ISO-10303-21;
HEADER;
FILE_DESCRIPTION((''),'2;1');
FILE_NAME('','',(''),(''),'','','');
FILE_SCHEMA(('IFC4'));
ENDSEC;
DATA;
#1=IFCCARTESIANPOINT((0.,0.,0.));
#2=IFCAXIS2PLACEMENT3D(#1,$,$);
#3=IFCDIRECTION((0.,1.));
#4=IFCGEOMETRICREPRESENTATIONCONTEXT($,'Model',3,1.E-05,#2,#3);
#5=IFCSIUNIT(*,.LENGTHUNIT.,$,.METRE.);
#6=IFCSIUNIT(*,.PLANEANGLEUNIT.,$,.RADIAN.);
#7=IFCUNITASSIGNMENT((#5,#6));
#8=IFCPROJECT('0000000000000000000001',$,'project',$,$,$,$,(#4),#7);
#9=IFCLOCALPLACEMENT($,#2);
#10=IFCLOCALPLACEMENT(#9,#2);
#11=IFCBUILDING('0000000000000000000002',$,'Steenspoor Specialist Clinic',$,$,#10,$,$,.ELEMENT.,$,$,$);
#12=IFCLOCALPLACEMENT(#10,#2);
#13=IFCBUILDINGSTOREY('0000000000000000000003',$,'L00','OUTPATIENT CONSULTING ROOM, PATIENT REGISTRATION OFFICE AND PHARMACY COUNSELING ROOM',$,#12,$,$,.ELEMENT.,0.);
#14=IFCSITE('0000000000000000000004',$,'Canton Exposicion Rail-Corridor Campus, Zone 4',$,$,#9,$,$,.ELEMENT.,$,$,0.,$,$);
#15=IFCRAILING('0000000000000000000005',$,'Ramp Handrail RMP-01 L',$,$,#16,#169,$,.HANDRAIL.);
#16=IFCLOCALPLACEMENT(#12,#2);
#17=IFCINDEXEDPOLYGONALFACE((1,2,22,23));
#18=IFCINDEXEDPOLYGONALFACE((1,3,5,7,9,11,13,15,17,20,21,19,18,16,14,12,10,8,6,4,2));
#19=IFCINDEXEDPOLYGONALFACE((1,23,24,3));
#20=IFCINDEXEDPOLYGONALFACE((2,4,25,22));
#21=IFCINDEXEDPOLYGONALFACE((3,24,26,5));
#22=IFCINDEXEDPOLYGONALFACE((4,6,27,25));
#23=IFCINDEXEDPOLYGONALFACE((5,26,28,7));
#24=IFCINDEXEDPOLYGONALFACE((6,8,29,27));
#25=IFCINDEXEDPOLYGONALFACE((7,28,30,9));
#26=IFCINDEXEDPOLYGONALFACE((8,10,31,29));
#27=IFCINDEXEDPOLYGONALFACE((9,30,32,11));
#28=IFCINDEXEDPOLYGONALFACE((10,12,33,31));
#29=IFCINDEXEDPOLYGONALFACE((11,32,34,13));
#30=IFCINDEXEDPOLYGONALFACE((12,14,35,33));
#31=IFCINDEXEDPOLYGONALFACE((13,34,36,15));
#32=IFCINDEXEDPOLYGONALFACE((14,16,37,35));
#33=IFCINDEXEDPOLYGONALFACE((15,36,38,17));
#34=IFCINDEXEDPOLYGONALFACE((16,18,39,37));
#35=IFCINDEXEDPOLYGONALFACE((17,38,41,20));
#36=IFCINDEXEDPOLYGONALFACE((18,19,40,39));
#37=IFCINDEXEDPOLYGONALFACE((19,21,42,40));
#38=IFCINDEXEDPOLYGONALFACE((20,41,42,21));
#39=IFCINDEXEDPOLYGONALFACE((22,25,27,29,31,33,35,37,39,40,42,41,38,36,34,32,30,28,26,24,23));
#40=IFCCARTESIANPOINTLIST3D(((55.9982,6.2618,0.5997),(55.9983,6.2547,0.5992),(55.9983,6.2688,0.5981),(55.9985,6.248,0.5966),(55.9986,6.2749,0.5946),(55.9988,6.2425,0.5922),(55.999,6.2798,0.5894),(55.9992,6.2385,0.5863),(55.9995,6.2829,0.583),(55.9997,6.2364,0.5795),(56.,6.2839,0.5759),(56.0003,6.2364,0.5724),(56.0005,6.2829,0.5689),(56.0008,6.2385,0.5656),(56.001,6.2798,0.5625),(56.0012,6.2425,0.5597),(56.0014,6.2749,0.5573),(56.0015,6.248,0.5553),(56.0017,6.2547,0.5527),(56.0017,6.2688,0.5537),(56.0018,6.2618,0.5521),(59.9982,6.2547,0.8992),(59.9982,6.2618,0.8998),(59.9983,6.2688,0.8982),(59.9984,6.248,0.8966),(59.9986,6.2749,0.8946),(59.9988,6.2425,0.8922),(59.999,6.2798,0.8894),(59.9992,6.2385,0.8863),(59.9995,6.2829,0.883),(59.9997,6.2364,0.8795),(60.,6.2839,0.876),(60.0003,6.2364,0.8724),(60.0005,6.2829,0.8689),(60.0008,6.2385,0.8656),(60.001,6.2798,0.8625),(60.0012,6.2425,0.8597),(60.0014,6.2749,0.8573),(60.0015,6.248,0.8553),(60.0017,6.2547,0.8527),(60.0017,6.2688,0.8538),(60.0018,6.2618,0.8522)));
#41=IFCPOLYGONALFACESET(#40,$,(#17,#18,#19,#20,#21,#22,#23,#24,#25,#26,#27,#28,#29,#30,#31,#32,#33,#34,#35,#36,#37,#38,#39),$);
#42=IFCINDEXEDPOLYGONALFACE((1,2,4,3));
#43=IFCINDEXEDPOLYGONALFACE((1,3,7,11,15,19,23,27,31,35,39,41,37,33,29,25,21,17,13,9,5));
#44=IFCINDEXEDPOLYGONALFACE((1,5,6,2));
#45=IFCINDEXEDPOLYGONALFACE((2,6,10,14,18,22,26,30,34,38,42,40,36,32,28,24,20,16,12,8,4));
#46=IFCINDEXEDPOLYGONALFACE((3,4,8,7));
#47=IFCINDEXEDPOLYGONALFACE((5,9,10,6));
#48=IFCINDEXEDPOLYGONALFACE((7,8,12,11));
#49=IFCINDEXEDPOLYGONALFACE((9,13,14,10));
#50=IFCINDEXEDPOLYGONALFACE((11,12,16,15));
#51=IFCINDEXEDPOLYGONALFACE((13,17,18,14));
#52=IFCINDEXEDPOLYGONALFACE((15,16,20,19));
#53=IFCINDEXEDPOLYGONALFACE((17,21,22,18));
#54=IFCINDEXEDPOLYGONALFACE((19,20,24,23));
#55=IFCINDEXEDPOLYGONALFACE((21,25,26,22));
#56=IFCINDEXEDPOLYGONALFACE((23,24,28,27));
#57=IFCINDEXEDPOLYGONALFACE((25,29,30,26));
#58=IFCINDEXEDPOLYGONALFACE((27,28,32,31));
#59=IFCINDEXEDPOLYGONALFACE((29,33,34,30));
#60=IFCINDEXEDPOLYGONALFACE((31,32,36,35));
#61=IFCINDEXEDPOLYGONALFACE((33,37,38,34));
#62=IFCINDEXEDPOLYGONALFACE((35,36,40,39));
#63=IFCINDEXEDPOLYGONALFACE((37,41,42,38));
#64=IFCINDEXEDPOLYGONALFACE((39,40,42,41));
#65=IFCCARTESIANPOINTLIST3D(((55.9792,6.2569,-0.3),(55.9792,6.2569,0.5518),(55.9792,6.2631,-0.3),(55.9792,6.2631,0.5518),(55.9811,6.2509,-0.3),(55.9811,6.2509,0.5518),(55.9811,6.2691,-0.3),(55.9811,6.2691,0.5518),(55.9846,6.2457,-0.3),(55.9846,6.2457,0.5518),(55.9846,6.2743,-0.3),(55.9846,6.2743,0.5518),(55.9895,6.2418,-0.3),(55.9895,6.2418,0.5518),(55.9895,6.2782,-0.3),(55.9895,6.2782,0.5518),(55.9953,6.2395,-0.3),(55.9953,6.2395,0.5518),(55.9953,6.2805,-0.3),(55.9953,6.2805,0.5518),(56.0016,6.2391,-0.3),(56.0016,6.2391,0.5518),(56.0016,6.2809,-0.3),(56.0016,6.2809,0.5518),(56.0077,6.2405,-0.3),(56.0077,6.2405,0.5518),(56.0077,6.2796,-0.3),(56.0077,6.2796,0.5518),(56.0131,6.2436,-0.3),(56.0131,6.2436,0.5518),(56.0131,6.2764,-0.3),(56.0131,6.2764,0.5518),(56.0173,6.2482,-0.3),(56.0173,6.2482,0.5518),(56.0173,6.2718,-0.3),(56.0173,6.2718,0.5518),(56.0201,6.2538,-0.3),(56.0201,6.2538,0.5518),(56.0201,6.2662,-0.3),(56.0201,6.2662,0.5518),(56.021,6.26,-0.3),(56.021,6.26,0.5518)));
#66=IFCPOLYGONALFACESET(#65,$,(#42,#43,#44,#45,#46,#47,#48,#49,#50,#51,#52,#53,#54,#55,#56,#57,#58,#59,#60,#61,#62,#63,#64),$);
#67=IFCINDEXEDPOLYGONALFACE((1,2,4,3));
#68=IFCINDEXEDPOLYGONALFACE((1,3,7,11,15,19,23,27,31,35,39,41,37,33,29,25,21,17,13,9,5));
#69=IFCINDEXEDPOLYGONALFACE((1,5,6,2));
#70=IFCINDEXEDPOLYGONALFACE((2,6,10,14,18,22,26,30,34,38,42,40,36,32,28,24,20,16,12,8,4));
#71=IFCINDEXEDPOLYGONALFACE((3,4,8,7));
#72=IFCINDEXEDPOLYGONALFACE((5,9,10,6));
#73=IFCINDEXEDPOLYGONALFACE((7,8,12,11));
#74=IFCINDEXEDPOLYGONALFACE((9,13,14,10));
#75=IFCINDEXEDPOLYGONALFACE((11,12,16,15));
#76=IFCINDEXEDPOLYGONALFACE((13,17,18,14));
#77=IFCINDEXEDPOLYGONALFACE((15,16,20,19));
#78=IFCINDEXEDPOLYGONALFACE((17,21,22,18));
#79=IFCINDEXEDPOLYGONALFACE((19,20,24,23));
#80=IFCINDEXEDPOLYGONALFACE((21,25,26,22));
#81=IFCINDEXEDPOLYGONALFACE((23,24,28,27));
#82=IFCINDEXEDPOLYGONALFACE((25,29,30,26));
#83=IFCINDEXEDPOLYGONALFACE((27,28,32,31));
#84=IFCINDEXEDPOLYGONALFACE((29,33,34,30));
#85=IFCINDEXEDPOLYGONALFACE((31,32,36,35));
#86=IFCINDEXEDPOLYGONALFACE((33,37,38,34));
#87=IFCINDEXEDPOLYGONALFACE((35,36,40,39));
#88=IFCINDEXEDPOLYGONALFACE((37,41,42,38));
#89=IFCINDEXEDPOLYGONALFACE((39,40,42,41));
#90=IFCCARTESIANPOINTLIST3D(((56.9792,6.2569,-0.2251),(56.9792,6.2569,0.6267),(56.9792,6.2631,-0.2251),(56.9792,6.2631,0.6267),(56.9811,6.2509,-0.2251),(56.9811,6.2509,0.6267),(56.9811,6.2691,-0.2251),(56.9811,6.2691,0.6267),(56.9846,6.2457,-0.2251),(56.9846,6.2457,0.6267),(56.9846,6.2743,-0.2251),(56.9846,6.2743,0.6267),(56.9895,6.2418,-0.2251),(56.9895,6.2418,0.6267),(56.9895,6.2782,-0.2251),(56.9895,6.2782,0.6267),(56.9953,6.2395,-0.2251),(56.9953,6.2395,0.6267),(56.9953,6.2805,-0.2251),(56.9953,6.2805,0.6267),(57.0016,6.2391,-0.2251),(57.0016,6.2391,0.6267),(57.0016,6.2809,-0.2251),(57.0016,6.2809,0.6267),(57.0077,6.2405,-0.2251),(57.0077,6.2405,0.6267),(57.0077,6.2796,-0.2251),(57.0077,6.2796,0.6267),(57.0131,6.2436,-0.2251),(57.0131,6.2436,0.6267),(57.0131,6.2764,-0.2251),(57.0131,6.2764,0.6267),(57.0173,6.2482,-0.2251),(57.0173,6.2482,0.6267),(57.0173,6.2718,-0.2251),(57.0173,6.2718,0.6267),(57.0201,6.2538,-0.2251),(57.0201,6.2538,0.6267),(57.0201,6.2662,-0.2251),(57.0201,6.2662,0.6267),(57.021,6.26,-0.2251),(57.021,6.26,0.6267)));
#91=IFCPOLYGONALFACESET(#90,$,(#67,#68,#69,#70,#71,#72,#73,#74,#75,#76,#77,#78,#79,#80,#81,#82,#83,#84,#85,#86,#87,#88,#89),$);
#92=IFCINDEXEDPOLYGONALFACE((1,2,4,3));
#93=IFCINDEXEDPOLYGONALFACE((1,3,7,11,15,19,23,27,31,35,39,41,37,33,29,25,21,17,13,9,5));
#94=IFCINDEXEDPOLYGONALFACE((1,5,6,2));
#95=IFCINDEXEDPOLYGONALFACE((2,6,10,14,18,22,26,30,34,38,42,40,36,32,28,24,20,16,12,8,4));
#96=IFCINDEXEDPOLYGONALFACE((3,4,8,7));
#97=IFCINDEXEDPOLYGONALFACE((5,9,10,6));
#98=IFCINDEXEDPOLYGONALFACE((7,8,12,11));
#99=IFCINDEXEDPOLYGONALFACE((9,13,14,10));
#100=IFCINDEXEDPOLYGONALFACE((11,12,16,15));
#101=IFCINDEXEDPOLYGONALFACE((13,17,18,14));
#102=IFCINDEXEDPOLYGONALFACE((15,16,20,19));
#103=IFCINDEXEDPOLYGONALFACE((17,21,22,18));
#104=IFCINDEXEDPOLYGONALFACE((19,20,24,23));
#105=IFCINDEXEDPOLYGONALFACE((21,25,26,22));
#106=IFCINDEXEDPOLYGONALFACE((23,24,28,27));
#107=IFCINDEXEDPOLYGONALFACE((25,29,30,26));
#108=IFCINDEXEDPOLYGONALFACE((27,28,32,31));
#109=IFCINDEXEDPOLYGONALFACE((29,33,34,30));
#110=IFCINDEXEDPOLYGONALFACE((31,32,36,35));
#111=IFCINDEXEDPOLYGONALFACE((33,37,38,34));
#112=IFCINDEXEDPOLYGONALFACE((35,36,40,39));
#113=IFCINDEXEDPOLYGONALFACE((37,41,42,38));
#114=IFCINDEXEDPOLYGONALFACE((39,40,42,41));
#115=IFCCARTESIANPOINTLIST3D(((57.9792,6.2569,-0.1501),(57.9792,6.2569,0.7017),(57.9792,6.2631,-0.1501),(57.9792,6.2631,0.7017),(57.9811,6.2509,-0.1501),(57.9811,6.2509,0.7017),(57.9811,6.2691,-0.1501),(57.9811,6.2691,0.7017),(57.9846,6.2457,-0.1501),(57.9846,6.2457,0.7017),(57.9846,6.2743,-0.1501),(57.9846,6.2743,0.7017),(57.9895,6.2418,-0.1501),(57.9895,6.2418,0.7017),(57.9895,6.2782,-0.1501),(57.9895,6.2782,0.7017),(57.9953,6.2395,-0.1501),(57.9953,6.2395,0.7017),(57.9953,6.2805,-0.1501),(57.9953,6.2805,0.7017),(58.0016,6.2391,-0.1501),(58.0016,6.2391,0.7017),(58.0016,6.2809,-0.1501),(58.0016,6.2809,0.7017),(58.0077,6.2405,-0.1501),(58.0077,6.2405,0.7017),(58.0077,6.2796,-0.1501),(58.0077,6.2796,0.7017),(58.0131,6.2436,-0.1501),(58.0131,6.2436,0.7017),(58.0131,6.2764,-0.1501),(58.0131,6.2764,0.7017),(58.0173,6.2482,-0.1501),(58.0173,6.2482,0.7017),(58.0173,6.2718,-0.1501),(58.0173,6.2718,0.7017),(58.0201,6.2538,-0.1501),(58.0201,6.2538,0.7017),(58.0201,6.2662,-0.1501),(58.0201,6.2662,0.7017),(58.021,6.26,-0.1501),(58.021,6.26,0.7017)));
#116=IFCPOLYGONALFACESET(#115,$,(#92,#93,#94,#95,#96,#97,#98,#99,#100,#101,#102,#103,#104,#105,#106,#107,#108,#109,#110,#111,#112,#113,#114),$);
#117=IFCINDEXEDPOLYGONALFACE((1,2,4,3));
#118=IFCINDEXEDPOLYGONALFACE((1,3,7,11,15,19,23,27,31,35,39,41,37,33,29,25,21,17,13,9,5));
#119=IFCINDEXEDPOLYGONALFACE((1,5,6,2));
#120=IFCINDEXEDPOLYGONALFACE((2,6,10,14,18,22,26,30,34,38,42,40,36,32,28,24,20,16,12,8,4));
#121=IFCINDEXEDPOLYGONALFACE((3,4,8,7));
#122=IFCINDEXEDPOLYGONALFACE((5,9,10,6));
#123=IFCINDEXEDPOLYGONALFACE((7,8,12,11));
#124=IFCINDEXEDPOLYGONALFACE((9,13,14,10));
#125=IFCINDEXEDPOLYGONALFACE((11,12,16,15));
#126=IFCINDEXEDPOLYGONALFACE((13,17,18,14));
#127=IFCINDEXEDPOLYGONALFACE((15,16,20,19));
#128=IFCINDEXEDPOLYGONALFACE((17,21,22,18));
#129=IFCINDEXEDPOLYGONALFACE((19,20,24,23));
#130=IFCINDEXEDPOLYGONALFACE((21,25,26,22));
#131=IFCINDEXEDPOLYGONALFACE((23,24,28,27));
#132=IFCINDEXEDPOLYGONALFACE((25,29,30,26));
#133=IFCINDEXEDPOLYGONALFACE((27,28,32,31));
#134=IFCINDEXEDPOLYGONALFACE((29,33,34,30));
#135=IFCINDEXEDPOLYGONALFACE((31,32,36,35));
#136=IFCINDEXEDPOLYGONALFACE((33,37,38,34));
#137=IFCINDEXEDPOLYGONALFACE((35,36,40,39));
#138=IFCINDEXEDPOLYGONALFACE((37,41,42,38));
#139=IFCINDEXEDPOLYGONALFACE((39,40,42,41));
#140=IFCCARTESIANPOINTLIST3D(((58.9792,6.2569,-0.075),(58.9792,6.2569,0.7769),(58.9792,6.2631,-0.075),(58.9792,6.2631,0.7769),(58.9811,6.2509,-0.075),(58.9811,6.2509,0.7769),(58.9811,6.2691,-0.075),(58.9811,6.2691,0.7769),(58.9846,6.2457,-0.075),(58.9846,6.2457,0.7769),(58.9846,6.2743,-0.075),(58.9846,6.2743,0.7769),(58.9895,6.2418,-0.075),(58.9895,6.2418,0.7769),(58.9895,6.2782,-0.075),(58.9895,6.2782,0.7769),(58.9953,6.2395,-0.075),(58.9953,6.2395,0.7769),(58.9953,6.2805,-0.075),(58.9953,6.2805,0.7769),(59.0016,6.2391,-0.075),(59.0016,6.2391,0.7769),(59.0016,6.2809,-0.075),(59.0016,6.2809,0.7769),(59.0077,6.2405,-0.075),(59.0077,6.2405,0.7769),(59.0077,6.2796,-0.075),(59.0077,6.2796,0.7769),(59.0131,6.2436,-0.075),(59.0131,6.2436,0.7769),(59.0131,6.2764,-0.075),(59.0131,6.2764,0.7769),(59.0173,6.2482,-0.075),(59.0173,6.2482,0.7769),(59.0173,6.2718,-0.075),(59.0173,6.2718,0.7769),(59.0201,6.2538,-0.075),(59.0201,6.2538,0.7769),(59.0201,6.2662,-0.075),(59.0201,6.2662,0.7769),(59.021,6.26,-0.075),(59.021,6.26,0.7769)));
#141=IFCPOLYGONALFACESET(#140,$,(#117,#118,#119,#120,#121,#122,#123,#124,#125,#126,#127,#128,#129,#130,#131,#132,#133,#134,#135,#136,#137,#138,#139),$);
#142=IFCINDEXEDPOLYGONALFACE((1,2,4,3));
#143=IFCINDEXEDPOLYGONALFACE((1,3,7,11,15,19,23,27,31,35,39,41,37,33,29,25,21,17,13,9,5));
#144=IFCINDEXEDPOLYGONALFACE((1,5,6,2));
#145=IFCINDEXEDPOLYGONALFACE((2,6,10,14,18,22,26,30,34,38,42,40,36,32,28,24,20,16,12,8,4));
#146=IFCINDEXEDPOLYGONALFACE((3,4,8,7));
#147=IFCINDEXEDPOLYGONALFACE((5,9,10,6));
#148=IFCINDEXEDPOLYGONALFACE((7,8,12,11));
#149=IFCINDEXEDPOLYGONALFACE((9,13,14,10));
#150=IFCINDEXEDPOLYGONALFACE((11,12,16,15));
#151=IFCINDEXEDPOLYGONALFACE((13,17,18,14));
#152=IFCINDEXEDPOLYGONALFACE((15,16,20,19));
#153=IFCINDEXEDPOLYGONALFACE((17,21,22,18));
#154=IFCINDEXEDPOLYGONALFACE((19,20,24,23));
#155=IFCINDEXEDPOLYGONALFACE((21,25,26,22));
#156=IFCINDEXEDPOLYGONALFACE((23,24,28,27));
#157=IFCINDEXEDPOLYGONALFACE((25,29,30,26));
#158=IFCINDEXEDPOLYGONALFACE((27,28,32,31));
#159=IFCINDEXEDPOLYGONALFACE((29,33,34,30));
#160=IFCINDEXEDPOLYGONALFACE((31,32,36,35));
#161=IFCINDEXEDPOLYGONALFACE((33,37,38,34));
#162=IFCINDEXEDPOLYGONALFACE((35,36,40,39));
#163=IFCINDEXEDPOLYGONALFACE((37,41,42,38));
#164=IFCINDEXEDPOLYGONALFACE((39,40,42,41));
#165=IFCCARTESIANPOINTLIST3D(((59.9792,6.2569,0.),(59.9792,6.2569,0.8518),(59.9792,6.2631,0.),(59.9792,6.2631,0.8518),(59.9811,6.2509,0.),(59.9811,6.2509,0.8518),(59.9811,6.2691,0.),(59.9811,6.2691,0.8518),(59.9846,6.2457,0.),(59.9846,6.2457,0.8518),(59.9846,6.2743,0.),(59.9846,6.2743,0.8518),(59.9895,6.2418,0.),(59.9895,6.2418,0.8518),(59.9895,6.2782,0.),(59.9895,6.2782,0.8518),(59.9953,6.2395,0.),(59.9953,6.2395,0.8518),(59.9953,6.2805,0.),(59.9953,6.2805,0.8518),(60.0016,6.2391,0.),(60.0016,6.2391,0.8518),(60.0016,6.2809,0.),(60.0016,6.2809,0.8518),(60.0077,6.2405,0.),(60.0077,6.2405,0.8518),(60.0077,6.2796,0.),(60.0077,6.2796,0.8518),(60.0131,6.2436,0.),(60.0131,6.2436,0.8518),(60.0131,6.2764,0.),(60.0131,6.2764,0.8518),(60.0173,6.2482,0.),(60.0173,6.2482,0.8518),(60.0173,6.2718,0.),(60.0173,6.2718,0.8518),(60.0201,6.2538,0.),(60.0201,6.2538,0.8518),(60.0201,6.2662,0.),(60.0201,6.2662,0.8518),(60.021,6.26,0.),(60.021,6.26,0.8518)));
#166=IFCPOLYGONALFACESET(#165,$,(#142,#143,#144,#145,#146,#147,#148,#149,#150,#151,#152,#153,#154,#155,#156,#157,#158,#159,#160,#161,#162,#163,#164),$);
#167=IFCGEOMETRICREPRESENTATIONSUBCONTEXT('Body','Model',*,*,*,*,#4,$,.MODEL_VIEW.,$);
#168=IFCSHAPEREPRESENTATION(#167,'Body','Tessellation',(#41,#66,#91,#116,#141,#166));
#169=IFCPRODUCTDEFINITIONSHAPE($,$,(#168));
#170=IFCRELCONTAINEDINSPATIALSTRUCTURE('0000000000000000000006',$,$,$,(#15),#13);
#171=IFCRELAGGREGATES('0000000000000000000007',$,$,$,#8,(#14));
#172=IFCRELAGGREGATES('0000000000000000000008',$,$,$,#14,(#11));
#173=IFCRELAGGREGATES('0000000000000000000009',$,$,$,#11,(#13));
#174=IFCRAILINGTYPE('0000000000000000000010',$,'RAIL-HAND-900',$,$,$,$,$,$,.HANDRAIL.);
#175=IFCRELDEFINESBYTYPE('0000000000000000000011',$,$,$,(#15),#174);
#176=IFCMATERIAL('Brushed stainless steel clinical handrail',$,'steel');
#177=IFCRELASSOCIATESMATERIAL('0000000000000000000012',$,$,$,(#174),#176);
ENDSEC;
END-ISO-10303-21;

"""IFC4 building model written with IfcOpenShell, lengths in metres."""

from ifc_helpers import new_model, si_unit, direction, frame, origin, origin_2d, place, context, subcontext, project, spatial, circle, extrude, material, type_object, element, save


model = new_model("IFC4")

# Units and contexts
model_context = context("Model", 3, precision=1e-05, world=origin(), true_north=direction((0.0, 1.0)))
body_context = subcontext(model_context, "Body", "Model", "MODEL_VIEW")
ifc_project = project(units=[si_unit("LENGTHUNIT", "METRE"), si_unit("PLANEANGLEUNIT", "RADIAN")], contexts=[model_context])

# Site, building, storey
site_placement = place(None, origin())
site = spatial("IfcSite", under=ifc_project, at=site_placement, Name="Canton Exposicion Rail-Corridor Campus, Zone 4", CompositionType="ELEMENT", RefElevation=0.0)
building_placement = place(site_placement, origin())
building = spatial("IfcBuilding", under=site, at=building_placement, Name="Steenspoor Specialist Clinic", CompositionType="ELEMENT")
storey_placement = place(building_placement, origin())
storey = spatial("IfcBuildingStorey", under=building, at=storey_placement, Name="L00", Description="OUTPATIENT CONSULTING ROOM, PATIENT REGISTRATION OFFICE AND PHARMACY COUNSELING ROOM", CompositionType="ELEMENT", Elevation=0.0)

# Railing
ifc_material_1 = material(Name="Brushed stainless steel clinical handrail", Category="steel")
railing_type = type_object("IfcRailingType", Name="RAIL-HAND-900", PredefinedType="HANDRAIL", material=ifc_material_1)
for number, where, name in (
    (1, (56.0, 6.26, -0.3), "Ramp Handrail RMP-01 L"),
):
    element("IfcRailing", number, at=place(storey_placement, frame(where)), inside=storey, type_object=railing_type, Name=name, PredefinedType="HANDRAIL", context=body_context, shape_type="SweptSolid", body=[
        extrude(circle(Radius=0.0239, at=origin_2d()), frame((0.0, 0.0, 0.876), z_axis=(0.997198, 0.0, 0.074802), x_axis=(0.0, 1.0, 0.0)), (0.0, 0.0, 1.0), 4.0112),
        extrude(circle(Radius=0.021, at=origin_2d()), origin(), (0.0, 0.0, 1.0), 0.8518),
        extrude(circle(Radius=0.021, at=origin_2d()), frame((1.0, 0.0, 0.075)), (0.0, 0.0, 1.0), 0.8518),
        extrude(circle(Radius=0.021, at=origin_2d()), frame((2.0, 0.0, 0.1499)), (0.0, 0.0, 1.0), 0.8518),
        extrude(circle(Radius=0.021, at=origin_2d()), frame((3.0, 0.0, 0.2251)), (0.0, 0.0, 1.0), 0.8518),
        extrude(circle(Radius=0.021, at=origin_2d()), frame((4.0, 0.0, 0.3)), (0.0, 0.0, 1.0), 0.8518),
    ])

save(model, "model.ifc")
